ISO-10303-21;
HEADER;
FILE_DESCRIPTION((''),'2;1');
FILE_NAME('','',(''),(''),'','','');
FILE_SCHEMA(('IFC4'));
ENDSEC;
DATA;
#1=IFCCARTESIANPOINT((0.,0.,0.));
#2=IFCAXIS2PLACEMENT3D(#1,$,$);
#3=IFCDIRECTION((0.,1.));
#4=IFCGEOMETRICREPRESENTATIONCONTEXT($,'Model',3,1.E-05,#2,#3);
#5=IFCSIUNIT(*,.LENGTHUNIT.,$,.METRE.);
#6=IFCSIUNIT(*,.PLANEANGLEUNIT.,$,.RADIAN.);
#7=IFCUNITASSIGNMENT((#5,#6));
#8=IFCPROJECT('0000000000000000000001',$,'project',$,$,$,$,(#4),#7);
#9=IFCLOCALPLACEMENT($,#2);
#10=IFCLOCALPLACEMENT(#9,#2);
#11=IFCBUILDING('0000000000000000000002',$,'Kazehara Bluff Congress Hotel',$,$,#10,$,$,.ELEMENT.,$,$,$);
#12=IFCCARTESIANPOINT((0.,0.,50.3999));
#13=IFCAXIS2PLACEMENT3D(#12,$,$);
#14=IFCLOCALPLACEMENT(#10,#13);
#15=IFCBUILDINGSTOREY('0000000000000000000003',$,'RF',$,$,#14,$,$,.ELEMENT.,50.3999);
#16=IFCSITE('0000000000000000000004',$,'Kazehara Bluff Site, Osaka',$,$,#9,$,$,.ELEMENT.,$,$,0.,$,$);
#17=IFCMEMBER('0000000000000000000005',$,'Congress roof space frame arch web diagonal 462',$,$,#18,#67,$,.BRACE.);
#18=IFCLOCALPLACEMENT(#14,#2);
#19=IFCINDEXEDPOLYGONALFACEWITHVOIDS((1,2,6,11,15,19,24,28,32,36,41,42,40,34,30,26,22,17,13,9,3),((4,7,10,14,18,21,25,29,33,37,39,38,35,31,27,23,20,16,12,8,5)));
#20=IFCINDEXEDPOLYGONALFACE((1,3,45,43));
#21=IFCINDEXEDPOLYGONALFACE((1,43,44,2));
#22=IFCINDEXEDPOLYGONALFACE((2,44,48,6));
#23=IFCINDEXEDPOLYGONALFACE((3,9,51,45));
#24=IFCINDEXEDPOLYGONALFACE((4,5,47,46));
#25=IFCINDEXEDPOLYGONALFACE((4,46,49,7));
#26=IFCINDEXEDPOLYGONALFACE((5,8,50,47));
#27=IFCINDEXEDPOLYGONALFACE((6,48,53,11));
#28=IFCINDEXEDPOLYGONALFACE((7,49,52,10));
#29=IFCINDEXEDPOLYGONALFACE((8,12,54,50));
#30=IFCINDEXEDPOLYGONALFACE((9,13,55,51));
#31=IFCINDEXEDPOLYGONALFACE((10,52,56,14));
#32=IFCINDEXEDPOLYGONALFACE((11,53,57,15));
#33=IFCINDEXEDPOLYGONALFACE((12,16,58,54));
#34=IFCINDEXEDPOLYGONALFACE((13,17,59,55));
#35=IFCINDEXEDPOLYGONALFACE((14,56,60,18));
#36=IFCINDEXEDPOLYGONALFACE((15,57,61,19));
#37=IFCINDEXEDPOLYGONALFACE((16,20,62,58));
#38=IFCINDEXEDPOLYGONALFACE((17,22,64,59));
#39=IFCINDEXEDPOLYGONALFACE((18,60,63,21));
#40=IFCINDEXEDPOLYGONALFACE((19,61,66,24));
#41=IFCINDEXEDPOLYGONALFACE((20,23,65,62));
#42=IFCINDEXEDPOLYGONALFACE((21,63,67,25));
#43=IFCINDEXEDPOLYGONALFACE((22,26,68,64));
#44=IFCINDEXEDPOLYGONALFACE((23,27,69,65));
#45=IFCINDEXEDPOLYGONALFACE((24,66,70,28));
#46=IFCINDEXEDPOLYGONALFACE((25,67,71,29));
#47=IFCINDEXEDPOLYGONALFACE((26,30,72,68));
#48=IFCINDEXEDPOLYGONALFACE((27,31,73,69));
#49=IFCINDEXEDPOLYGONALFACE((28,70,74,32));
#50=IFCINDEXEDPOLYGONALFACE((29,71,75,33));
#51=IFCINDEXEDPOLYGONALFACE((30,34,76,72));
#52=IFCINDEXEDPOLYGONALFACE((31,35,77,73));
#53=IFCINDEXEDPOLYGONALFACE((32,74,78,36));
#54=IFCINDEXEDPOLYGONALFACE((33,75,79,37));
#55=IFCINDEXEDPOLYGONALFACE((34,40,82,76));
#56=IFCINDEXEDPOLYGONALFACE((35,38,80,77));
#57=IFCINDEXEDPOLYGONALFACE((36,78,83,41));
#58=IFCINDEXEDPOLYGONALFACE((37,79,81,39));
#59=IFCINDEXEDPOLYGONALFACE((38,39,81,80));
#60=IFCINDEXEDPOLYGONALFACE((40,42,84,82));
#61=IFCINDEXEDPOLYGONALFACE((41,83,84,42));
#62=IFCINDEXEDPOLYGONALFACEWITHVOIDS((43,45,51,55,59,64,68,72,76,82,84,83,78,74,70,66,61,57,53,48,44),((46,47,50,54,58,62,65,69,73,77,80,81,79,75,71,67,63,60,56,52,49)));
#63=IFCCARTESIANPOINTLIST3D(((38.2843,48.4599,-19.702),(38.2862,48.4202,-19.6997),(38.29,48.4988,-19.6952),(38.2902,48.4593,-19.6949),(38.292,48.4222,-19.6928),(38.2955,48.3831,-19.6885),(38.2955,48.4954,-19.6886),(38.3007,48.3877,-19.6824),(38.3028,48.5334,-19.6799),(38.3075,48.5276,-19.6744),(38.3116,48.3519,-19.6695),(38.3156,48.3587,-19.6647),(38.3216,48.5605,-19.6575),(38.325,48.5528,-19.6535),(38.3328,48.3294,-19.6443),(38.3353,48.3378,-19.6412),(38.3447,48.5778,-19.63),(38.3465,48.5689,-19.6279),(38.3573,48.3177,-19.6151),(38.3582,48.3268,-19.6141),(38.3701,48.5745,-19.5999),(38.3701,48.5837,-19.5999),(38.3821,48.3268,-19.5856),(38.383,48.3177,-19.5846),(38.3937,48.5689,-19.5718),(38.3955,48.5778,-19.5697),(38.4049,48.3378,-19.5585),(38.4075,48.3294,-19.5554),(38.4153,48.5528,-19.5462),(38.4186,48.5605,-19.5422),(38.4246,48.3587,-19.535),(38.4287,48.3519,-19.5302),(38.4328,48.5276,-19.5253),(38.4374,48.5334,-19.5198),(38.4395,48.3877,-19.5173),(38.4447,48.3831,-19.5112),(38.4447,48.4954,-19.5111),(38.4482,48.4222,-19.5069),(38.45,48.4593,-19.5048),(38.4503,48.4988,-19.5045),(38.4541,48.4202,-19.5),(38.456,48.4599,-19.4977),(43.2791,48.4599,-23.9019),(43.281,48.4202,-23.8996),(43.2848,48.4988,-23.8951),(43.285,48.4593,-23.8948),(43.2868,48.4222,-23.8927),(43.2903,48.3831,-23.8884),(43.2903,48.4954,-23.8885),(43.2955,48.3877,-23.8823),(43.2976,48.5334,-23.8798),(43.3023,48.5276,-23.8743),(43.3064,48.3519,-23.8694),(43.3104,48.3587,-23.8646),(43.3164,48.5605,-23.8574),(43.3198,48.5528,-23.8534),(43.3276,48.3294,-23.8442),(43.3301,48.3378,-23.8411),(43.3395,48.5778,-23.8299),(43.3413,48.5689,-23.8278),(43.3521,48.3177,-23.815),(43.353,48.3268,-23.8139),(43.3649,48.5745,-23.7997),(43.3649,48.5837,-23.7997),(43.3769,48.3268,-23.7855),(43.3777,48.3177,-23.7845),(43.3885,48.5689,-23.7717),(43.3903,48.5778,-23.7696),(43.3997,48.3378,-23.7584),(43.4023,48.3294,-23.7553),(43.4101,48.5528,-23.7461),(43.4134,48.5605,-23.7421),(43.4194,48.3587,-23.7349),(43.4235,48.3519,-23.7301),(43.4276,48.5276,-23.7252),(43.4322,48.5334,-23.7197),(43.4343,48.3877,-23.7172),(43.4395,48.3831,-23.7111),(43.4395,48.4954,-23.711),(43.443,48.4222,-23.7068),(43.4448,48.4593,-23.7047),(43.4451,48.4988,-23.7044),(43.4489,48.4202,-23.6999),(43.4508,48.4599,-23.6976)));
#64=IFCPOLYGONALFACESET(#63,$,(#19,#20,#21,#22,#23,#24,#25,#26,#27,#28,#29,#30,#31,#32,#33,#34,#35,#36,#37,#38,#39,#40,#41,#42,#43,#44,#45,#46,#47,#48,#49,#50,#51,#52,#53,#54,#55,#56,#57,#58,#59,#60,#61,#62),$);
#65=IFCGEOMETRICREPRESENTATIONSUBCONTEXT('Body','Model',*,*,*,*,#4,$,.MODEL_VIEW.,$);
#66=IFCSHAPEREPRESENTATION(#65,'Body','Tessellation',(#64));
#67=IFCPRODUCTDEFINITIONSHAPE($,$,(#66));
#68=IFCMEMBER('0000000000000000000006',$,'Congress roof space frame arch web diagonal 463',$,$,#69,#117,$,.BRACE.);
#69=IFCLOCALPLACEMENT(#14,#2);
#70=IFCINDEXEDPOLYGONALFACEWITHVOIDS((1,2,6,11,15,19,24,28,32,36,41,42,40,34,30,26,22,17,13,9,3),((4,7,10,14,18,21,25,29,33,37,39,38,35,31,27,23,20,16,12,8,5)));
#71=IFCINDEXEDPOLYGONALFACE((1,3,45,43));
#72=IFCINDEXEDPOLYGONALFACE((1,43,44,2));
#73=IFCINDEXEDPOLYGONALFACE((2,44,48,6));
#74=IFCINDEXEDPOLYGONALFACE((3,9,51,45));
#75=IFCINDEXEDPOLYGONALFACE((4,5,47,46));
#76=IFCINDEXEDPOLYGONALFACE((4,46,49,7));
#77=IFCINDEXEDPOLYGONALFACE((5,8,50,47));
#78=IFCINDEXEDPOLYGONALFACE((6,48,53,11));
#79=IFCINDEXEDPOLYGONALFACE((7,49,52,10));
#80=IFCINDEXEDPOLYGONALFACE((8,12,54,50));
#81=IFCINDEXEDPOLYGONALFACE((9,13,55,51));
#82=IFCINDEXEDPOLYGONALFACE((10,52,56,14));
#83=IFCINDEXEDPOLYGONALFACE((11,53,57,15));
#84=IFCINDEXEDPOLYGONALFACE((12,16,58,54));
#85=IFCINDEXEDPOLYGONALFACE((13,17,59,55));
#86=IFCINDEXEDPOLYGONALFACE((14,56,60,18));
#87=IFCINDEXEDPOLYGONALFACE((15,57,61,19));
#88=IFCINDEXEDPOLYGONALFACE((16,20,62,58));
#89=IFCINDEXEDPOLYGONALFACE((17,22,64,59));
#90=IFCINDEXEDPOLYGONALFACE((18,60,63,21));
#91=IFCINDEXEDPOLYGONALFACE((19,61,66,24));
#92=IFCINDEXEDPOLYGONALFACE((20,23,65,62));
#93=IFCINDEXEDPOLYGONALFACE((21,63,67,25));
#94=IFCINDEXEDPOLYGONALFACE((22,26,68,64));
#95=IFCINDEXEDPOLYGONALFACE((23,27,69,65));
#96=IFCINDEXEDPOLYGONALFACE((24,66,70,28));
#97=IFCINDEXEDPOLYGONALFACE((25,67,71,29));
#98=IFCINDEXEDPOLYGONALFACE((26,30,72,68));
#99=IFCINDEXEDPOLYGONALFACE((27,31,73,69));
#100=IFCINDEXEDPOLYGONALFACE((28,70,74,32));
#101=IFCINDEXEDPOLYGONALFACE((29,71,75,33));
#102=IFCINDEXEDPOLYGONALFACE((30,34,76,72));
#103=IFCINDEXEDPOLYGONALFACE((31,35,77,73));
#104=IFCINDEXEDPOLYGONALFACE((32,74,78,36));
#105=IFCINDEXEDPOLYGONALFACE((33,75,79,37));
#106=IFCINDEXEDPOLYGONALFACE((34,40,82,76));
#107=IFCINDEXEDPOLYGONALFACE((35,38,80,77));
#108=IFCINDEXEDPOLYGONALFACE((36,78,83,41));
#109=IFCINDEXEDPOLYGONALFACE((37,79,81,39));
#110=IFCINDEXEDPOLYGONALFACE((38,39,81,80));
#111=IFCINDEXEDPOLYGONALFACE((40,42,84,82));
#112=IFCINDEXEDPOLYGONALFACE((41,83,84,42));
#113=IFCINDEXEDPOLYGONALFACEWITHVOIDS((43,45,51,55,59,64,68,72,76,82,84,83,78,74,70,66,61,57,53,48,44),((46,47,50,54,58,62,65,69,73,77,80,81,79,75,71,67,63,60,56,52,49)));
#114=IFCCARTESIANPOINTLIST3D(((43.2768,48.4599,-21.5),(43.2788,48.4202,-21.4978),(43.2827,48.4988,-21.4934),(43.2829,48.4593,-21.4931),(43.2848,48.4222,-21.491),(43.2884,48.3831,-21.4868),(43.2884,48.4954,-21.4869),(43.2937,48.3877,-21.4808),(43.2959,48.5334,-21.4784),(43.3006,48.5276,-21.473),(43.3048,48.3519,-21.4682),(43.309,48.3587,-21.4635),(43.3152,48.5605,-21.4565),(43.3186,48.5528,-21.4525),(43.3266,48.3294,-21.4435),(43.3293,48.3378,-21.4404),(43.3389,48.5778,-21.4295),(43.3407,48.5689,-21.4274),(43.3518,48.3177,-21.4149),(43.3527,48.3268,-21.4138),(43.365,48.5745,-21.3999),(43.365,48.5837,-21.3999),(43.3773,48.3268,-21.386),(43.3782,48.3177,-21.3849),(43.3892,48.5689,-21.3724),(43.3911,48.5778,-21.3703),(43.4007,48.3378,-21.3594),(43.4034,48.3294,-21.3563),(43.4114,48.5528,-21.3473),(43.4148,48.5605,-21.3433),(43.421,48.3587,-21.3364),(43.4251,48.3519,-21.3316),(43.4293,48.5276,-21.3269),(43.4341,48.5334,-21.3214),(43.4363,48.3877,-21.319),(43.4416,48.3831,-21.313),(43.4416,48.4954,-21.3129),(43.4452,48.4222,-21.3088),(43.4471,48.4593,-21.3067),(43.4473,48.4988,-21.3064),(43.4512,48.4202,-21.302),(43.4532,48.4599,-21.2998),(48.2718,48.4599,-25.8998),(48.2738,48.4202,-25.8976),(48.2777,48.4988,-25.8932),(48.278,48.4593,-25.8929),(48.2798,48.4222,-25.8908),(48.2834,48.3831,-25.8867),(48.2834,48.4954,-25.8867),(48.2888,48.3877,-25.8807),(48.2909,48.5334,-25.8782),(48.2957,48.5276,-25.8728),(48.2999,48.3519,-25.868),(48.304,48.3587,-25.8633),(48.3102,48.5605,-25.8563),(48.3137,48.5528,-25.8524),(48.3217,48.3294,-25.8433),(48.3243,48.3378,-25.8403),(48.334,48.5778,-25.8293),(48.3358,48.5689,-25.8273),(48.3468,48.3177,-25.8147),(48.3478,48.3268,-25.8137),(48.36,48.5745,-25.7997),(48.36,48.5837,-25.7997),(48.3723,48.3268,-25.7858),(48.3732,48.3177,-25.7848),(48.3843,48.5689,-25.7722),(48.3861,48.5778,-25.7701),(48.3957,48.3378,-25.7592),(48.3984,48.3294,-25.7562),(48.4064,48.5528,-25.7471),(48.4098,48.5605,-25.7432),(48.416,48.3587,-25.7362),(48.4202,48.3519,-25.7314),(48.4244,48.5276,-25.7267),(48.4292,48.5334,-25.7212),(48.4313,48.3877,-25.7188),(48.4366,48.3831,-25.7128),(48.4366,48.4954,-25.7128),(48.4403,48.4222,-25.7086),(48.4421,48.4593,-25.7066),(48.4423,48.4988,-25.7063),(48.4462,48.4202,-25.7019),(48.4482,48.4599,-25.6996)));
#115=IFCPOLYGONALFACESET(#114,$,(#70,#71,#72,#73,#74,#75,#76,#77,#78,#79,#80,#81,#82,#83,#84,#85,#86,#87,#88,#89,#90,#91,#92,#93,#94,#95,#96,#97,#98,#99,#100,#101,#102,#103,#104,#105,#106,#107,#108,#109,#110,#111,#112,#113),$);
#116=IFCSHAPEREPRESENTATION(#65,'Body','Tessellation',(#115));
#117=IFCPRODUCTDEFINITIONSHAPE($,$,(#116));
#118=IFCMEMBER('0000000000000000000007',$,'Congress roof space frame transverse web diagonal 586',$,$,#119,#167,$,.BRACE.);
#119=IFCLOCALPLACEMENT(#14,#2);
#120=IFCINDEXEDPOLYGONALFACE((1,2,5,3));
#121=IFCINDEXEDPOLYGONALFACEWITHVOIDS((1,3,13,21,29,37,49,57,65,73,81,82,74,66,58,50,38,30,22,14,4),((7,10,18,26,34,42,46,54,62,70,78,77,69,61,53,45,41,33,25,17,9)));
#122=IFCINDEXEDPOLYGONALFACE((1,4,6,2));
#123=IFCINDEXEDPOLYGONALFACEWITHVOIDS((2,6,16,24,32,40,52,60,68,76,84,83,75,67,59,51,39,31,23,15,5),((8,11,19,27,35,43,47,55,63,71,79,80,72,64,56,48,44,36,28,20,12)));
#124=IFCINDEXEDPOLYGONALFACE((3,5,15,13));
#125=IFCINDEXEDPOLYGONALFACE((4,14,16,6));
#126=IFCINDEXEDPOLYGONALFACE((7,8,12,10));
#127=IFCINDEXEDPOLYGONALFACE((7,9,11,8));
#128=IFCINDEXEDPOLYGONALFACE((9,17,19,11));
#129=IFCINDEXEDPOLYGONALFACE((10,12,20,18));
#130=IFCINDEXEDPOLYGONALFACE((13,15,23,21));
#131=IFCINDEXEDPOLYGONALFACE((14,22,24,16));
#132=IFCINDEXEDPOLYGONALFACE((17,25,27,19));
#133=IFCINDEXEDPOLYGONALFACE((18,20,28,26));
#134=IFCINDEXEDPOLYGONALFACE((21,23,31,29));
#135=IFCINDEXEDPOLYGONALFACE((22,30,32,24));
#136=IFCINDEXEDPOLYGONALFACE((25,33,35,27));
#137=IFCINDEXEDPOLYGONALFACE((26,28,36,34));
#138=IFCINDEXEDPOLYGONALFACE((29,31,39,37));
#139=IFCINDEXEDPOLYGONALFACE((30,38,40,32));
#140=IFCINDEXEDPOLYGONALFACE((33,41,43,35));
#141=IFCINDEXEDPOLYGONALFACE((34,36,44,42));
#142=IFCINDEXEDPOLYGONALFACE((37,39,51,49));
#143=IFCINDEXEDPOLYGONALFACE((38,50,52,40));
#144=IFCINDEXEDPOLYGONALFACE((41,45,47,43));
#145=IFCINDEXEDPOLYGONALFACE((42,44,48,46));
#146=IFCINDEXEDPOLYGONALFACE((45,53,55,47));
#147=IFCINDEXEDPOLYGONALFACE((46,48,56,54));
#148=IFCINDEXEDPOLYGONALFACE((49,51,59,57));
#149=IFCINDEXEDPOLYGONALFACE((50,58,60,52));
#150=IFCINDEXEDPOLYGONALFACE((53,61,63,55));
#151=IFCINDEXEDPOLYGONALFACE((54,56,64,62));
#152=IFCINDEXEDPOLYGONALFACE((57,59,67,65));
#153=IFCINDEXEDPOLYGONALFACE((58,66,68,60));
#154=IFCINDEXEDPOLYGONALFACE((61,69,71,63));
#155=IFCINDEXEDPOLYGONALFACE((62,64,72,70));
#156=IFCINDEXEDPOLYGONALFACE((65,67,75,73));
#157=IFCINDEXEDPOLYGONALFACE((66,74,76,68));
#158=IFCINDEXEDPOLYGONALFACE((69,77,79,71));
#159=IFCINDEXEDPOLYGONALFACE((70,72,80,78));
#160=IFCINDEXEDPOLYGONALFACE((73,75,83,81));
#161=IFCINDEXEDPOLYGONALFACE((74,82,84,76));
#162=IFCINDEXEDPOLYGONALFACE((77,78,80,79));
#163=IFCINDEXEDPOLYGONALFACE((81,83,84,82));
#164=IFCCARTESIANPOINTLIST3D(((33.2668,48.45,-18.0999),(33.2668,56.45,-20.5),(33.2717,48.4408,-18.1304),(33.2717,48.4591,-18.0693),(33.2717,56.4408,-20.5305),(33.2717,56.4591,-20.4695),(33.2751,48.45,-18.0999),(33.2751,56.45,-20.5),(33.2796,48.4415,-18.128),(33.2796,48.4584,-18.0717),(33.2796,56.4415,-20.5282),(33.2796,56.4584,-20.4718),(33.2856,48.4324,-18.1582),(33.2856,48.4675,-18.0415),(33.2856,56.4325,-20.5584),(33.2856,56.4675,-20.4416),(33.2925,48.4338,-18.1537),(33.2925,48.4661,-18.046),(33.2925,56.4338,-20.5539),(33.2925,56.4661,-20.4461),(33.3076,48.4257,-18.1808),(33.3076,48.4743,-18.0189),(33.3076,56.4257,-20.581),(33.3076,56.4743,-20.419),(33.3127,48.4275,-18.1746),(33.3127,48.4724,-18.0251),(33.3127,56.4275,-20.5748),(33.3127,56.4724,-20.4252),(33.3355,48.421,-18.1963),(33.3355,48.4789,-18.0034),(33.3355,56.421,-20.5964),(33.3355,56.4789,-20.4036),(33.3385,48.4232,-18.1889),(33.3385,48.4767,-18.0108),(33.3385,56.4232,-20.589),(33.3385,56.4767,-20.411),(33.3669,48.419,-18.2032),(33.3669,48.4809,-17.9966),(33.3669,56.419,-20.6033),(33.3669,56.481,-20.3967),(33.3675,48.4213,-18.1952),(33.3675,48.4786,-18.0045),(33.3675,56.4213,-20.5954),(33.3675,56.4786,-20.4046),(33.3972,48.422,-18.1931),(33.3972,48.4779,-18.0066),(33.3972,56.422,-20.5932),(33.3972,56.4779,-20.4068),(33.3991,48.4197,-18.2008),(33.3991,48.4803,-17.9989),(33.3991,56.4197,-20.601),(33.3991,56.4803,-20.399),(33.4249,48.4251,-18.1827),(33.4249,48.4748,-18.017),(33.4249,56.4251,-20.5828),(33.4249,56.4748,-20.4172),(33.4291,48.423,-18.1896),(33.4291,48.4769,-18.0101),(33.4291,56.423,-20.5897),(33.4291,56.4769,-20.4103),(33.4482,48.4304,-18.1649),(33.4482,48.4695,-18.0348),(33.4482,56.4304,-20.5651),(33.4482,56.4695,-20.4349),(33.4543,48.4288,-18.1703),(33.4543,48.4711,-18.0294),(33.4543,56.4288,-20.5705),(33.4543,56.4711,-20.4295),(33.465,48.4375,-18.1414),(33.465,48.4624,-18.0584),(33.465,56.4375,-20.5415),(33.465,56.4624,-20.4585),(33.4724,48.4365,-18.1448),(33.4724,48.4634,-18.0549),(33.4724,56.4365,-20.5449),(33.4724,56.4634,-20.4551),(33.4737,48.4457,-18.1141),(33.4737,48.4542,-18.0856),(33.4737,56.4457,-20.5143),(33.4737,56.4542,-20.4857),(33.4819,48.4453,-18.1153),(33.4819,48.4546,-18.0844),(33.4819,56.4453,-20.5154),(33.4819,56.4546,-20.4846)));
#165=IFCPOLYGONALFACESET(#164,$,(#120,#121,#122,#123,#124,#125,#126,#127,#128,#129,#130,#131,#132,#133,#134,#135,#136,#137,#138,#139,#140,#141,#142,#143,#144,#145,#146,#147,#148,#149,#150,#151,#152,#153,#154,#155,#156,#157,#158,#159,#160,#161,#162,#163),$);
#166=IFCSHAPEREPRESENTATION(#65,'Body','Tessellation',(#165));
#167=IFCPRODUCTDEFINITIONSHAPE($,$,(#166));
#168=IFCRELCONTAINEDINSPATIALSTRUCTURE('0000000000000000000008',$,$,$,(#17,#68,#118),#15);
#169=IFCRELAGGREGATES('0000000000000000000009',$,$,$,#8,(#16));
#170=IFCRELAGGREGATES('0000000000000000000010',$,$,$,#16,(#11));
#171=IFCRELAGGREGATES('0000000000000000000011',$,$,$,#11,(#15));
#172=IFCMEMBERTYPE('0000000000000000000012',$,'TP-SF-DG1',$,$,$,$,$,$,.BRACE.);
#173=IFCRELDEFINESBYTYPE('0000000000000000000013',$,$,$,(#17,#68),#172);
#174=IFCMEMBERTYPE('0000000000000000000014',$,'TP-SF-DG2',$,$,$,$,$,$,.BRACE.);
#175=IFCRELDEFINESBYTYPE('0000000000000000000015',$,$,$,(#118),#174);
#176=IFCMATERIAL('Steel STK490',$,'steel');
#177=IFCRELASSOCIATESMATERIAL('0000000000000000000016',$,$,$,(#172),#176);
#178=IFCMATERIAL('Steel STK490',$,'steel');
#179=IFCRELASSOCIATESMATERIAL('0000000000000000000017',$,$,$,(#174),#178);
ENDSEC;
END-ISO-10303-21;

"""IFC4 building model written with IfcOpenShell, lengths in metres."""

from ifc_helpers import new_model, si_unit, direction, frame, origin, origin_2d, place, context, subcontext, project, spatial, hollow_circle, extrude, material, material_profile, profile_set, type_object, element, save


model = new_model("IFC4")

# Units and contexts
model_context = context("Model", 3, precision=1e-05, world=origin(), true_north=direction((0.0, 1.0)))
body_context = subcontext(model_context, "Body", "Model", "MODEL_VIEW")
ifc_project = project(units=[si_unit("LENGTHUNIT", "METRE"), si_unit("PLANEANGLEUNIT", "RADIAN")], contexts=[model_context])

# Site, building, storey
site_placement = place(None, origin())
site = spatial("IfcSite", under=ifc_project, at=site_placement, Name="Kazehara Bluff Site, Osaka", CompositionType="ELEMENT", RefElevation=0.0)
building_placement = place(site_placement, origin())
building = spatial("IfcBuilding", under=site, at=building_placement, Name="Kazehara Bluff Congress Hotel", CompositionType="ELEMENT")
storey_placement = place(building_placement, frame((0.0, 0.0, 50.3999)))
storey = spatial("IfcBuildingStorey", under=building, at=storey_placement, Name="RF", CompositionType="ELEMENT", Elevation=50.3999)

# Members
ifc_material_1 = material(Name="Steel STK490", Category="steel")
ifc_material_profile_1 = material_profile(ifc_material_1, hollow_circle(Radius=0.1338, WallThickness=0.0093, at=origin_2d()))
ifc_profile_set_1 = profile_set([ifc_material_profile_1], Name="Steel STK490")
member_type_1 = type_object("IfcMemberType", Name="TP-SF-DG1", PredefinedType="BRACE", material=ifc_profile_set_1)
member_1_placement = place(storey_placement, frame((38.3701, 48.45, -19.5999), z_axis=(0.765383, 0.0, -0.643575), x_axis=(0.0, 1.0, 0.0)))
element("IfcMember", 1, at=member_1_placement, inside=storey, type_object=member_type_1, Name="Congress roof space frame arch web diagonal 462", PredefinedType="BRACE", context=body_context, shape_type="SweptSolid", body=[
    extrude(hollow_circle(Radius=0.1338, WallThickness=0.0093, at=origin_2d()), origin(), (0.0, 0.0, 1.0), 6.5259),
])
member_2_placement = place(storey_placement, frame((43.365, 48.45, -21.3999), z_axis=(0.750401, 0.0, -0.660983), x_axis=(0.0, 1.0, 0.0)))
element("IfcMember", 2, at=member_2_placement, inside=storey, type_object=member_type_1, Name="Congress roof space frame arch web diagonal 463", PredefinedType="BRACE", context=body_context, shape_type="SweptSolid", body=[
    extrude(hollow_circle(Radius=0.1338, WallThickness=0.0093, at=origin_2d()), origin(), (0.0, 0.0, 1.0), 6.6565),
])
ifc_material_2 = material(Name="Steel STK490", Category="steel")
ifc_material_profile_2 = material_profile(ifc_material_2, hollow_circle(Radius=0.1082, WallThickness=0.0083, at=origin_2d()))
ifc_profile_set_2 = profile_set([ifc_material_profile_2], Name="Steel STK490")
member_type_2 = type_object("IfcMemberType", Name="TP-SF-DG2", PredefinedType="BRACE", material=ifc_profile_set_2)
for number, where, z_axis, x_axis, name in (
    (3, (33.375, 48.45, -18.0999), (0.0, 0.957821, -0.287364), (-1.0, 0.0, 0.0), "Congress roof space frame transverse web diagonal 586"),
):
    element("IfcMember", number, at=place(storey_placement, frame(where, z_axis=z_axis, x_axis=x_axis)), inside=storey, type_object=member_type_2, Name=name, PredefinedType="BRACE", context=body_context, shape_type="SweptSolid", body=[
        extrude(hollow_circle(Radius=0.1082, WallThickness=0.0083, at=origin_2d()), origin(), (0.0, 0.0, 1.0), 8.3523),
    ])

save(model, "model.ifc")
